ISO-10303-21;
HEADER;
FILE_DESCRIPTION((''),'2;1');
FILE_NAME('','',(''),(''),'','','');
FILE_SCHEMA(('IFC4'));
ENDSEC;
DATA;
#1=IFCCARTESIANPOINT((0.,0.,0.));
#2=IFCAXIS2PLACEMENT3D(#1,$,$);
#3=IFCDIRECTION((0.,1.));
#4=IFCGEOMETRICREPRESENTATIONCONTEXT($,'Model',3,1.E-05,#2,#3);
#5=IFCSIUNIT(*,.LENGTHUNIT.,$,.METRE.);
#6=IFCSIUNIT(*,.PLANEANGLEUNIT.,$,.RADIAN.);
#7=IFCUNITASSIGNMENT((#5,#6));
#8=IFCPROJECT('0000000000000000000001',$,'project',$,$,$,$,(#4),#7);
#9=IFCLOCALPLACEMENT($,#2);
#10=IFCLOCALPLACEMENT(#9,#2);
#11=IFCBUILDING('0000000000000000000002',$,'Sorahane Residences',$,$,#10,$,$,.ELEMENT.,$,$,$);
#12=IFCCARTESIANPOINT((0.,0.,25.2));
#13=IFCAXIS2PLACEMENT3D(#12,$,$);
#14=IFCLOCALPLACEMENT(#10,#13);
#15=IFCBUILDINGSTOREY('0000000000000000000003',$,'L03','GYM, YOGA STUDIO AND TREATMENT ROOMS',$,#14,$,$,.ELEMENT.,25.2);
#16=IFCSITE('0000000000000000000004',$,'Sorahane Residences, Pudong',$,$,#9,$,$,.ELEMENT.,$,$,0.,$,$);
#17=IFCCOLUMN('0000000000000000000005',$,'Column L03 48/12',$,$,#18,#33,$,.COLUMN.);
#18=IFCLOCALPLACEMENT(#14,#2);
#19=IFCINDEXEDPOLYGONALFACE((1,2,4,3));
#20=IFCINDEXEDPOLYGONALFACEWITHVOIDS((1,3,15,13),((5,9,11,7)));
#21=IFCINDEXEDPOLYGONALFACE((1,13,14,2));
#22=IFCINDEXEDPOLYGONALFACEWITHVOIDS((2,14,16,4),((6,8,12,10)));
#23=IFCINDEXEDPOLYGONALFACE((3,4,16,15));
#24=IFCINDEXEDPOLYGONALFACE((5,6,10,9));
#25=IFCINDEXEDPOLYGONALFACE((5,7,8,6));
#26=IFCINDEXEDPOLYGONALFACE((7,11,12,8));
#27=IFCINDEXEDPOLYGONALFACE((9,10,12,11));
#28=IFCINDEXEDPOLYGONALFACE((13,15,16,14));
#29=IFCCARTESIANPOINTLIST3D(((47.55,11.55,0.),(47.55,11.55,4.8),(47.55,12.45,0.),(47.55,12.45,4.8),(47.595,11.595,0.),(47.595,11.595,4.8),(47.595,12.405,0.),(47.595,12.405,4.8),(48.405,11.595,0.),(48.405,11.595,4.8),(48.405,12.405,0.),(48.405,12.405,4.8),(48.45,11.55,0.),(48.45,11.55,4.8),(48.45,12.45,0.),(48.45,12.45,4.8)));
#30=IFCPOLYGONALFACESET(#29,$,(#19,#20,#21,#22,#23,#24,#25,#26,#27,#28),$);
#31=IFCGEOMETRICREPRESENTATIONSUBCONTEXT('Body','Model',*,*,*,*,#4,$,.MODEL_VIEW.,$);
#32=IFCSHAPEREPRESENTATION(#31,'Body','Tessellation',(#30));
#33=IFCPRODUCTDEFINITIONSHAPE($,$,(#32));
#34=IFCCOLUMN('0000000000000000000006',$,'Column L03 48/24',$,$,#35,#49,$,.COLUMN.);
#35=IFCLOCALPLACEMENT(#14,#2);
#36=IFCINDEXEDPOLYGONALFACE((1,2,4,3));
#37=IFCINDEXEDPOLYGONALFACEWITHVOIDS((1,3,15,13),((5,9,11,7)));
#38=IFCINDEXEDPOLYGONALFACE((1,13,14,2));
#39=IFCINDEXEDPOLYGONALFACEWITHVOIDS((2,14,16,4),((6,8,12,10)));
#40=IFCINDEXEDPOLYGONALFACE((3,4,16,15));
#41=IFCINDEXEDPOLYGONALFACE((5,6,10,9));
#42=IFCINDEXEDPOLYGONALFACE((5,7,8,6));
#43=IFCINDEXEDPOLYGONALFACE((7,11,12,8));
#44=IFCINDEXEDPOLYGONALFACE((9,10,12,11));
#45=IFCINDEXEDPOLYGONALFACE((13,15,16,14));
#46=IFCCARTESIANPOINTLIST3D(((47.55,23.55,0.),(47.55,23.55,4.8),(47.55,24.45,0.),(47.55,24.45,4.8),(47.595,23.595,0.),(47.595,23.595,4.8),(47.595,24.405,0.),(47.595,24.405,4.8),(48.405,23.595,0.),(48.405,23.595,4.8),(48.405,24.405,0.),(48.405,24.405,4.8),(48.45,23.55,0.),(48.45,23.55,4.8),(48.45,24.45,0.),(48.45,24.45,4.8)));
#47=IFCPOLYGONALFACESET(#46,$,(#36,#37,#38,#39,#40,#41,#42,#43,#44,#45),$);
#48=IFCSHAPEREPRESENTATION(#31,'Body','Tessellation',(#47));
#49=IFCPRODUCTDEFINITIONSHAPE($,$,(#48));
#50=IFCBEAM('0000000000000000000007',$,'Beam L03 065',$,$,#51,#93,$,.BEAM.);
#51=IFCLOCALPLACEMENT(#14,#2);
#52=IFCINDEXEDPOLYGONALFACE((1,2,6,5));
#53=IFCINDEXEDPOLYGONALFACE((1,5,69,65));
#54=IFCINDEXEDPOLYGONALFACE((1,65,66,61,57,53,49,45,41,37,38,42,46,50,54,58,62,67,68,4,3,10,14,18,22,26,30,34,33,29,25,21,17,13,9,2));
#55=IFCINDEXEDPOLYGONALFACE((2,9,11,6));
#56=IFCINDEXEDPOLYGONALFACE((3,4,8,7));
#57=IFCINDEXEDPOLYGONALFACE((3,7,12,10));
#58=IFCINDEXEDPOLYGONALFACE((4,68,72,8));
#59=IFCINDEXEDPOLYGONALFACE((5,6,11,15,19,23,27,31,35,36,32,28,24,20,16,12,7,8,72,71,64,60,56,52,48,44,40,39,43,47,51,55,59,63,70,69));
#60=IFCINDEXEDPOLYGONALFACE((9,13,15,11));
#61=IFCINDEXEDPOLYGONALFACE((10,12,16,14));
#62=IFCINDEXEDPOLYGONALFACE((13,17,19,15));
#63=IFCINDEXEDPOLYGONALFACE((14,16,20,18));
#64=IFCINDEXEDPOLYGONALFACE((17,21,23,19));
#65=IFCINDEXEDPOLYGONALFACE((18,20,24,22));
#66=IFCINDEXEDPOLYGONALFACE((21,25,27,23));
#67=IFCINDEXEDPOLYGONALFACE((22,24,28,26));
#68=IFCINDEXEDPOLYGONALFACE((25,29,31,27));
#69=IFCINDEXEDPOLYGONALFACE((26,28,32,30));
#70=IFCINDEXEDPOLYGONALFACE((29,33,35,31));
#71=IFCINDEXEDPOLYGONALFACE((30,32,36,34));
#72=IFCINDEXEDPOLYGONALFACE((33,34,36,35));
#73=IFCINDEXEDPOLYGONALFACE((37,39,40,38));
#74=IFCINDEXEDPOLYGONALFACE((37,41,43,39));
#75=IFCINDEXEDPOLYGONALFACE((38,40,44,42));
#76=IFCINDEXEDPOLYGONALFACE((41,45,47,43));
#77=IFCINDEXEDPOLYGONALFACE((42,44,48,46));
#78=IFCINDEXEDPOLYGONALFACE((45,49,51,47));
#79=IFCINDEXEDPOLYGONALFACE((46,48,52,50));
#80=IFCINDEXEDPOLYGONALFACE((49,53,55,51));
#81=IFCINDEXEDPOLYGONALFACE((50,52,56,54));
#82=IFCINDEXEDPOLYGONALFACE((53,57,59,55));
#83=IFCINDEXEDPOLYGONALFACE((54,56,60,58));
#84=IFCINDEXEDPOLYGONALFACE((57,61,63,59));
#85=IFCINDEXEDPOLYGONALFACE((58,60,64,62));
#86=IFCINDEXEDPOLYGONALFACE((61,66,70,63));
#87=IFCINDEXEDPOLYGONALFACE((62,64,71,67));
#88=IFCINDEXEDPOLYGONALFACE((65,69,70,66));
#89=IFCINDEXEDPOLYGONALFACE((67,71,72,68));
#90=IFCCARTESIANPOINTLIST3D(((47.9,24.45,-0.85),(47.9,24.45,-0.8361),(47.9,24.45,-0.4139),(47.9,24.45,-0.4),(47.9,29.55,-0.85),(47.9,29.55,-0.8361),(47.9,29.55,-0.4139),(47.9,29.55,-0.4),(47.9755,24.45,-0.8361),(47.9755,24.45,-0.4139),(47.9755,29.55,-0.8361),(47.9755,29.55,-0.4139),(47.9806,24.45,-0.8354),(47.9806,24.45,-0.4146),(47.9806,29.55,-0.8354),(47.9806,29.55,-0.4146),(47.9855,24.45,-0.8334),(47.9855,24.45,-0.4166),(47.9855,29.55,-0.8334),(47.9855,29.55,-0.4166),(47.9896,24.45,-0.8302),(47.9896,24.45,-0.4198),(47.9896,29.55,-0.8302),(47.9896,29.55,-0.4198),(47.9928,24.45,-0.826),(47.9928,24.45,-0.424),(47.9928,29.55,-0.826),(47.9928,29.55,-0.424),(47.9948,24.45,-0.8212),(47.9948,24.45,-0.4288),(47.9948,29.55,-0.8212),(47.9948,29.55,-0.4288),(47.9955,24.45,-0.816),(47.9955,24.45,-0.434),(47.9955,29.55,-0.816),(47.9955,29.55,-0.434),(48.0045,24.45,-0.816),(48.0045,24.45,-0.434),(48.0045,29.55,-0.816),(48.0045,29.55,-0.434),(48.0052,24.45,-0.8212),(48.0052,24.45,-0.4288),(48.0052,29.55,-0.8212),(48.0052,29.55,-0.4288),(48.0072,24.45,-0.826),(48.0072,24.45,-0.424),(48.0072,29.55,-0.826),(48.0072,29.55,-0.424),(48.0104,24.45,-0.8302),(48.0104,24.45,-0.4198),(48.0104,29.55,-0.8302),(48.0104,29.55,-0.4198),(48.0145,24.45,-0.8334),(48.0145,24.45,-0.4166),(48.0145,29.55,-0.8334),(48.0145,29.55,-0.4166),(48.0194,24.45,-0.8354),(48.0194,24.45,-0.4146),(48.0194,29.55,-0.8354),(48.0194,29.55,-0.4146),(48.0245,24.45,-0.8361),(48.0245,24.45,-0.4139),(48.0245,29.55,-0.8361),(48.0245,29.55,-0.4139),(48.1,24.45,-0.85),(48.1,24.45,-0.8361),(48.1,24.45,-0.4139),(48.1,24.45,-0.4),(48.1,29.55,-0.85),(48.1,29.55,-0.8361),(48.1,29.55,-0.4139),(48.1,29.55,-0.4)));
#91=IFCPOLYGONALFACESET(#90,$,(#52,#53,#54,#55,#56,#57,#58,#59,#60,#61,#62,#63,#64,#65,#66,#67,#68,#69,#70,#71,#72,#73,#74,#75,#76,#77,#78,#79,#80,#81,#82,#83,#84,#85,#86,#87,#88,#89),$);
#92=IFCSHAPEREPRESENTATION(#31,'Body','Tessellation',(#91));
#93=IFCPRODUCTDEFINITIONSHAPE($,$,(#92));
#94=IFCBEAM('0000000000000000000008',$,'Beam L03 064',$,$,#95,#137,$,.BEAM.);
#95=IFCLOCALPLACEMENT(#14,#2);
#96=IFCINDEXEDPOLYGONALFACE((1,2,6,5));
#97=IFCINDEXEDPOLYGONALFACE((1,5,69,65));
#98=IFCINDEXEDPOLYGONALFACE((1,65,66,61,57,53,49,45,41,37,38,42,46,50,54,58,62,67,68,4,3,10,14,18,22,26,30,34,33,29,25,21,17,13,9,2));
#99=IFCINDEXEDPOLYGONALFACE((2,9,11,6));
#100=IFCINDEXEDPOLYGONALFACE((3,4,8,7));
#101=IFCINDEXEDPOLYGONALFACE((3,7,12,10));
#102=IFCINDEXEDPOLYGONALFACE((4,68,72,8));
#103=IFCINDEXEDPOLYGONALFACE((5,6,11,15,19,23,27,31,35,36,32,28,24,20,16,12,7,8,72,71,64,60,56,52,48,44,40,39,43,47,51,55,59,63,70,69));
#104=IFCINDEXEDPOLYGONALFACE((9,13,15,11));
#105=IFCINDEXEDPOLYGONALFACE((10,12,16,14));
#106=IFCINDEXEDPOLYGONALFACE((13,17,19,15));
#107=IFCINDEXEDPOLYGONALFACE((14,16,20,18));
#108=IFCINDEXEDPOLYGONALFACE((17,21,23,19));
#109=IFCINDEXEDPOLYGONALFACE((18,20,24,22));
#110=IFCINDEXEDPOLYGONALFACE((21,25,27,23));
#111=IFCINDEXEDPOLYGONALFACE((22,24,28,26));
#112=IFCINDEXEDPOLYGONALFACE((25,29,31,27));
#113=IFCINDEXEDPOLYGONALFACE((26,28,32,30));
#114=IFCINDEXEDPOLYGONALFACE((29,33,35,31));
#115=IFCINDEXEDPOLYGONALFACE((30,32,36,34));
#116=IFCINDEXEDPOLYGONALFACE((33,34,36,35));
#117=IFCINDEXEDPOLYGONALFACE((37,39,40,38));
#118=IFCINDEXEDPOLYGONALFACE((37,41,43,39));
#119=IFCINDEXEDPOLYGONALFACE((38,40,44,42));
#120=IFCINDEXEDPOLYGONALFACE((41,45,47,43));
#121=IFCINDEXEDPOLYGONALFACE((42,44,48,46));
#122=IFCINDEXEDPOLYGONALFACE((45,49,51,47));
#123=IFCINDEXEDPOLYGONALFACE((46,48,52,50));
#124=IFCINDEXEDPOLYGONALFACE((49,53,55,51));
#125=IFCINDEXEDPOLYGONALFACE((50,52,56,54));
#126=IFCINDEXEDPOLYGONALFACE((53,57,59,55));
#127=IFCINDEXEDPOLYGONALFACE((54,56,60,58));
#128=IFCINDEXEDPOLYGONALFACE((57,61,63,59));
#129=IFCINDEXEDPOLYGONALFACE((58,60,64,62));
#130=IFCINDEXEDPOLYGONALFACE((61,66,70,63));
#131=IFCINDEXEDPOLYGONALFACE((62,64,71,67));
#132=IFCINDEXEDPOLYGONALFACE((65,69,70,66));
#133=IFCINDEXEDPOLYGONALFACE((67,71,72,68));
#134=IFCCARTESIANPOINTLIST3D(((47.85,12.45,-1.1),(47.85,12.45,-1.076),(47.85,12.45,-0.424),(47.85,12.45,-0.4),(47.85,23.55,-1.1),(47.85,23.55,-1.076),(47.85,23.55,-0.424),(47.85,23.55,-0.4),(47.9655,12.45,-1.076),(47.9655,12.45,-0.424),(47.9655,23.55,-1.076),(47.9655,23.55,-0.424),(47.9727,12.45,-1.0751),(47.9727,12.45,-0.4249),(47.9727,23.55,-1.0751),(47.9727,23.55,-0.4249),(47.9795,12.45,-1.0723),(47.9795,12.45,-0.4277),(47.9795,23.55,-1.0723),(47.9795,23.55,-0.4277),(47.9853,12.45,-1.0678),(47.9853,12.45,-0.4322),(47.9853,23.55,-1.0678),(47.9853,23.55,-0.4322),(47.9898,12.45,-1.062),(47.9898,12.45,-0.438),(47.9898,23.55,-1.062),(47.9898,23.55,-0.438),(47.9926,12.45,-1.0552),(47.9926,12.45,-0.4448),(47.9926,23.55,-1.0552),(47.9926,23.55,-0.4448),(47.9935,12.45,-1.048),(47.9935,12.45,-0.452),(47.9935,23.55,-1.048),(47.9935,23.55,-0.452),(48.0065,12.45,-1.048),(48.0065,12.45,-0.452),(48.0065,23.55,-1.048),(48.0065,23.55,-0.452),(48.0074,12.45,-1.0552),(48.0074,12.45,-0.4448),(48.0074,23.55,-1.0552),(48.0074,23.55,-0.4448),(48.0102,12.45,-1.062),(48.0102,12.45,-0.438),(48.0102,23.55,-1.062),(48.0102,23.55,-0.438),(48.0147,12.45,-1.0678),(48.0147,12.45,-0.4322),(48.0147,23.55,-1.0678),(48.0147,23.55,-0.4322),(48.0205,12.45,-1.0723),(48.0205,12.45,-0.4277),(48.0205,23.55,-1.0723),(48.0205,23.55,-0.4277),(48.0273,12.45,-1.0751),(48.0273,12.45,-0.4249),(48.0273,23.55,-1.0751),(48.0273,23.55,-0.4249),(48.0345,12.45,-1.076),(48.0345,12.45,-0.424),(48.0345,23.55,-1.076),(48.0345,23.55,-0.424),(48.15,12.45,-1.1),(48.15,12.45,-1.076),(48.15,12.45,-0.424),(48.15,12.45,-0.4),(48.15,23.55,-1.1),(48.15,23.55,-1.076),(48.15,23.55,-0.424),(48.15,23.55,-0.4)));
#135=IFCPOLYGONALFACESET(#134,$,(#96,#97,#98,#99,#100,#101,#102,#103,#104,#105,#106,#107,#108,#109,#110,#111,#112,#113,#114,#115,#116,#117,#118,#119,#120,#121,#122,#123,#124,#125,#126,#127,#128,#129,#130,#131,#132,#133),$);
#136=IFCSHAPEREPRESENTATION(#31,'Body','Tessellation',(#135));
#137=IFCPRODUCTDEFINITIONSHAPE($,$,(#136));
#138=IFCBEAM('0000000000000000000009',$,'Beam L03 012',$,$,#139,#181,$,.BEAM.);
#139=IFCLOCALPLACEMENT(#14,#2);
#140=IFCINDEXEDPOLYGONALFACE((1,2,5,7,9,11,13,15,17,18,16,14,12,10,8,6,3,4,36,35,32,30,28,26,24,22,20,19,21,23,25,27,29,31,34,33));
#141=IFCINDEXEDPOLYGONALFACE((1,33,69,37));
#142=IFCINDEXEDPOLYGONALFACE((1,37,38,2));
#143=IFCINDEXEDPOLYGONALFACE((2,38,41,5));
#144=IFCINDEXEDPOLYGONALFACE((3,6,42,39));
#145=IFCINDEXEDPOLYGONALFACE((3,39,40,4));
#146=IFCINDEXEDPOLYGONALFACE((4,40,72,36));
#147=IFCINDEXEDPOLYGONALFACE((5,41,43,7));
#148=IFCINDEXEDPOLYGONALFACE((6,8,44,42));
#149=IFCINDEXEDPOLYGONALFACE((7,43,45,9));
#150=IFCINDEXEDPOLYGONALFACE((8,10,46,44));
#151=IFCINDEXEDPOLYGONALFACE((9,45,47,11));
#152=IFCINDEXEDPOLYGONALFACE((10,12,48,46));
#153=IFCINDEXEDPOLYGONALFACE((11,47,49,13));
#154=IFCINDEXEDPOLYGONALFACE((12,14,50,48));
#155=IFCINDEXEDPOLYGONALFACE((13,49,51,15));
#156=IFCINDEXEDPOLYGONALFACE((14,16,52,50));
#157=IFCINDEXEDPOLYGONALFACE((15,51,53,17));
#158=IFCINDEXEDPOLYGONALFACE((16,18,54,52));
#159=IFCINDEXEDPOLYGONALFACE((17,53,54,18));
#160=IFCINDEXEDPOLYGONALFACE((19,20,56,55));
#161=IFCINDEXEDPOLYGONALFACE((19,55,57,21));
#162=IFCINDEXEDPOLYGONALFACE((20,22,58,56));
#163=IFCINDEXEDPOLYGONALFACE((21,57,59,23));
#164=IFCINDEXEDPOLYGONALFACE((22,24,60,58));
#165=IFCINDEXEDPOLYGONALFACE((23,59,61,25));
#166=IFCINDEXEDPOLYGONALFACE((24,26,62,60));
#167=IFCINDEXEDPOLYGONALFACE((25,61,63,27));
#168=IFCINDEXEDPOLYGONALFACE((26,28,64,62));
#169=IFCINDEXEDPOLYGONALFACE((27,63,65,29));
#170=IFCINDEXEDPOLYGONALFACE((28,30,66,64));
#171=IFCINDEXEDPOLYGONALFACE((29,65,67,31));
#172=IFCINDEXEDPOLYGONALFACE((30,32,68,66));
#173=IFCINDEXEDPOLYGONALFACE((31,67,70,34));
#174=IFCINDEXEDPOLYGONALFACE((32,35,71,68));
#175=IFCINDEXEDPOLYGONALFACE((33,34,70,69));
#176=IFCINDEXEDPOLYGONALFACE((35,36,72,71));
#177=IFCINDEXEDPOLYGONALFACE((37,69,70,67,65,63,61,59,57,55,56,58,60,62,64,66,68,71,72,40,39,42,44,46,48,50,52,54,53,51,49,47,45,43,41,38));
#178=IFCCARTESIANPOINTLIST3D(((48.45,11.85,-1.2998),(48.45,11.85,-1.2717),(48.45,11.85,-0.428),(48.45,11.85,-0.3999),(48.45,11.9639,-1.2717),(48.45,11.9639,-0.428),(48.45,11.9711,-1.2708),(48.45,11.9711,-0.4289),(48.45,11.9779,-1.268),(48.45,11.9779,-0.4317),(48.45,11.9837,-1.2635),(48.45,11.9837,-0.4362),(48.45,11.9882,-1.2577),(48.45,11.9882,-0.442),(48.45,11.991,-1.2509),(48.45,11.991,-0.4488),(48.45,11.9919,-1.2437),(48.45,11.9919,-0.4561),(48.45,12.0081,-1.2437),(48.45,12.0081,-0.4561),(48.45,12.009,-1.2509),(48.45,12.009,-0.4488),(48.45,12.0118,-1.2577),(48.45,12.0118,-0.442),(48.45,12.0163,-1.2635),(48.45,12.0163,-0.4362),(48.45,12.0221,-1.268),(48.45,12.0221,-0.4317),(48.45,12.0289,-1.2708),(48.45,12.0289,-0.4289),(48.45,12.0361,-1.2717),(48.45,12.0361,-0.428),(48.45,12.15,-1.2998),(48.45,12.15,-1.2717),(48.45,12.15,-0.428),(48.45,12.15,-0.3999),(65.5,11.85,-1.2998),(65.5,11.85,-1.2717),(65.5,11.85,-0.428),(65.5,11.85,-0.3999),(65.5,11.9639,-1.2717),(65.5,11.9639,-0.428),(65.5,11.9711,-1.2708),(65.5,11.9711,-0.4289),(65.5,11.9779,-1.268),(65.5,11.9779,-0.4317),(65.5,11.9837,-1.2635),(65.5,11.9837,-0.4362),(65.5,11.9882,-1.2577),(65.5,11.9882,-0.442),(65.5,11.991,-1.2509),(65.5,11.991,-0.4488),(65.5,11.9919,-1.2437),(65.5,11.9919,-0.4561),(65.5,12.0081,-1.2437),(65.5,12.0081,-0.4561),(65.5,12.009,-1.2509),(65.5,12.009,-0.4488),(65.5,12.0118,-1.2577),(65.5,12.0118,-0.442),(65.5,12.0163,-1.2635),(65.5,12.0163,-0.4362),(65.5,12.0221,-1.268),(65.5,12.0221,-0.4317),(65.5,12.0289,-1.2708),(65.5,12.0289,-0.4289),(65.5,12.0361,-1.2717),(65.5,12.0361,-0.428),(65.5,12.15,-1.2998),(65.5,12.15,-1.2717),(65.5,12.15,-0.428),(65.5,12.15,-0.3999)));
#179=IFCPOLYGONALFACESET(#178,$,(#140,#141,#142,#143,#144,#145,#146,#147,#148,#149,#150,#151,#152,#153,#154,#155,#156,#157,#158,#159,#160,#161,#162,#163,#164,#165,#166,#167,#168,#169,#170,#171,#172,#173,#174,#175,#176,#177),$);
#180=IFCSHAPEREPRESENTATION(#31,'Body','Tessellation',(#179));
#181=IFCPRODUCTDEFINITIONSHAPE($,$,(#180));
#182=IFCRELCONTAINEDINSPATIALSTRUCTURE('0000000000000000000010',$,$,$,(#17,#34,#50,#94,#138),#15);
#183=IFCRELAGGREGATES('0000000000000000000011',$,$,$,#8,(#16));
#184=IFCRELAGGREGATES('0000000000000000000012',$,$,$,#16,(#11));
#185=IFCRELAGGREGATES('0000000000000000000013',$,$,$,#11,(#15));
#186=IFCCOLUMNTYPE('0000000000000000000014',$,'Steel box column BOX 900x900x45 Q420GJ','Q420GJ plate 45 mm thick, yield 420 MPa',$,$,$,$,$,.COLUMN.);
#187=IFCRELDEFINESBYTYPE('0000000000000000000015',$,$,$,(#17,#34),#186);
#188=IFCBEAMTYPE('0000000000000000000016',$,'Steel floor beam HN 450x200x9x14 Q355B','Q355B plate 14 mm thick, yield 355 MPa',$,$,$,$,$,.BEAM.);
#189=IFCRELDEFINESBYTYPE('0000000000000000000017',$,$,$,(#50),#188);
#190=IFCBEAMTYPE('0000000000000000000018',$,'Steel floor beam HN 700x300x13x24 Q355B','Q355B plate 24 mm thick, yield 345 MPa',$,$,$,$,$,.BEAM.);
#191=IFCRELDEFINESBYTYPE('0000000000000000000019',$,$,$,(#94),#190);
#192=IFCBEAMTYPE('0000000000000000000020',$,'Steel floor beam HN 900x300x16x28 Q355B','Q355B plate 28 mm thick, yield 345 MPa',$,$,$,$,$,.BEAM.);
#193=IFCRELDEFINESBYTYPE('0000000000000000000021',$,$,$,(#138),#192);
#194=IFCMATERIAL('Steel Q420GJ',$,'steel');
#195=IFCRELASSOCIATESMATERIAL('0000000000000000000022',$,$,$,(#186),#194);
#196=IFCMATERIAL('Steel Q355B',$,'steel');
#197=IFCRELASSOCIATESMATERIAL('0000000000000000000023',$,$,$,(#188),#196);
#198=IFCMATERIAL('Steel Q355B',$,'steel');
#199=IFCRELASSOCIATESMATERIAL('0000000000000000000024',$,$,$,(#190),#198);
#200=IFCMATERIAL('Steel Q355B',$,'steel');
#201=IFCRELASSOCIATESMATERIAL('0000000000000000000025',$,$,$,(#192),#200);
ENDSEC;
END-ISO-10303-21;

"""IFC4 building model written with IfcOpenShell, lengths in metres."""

from ifc_helpers import new_model, si_unit, direction, frame, origin, origin_2d, place, context, subcontext, project, spatial, hollow_rectangle, i_section, extrude, material, material_profile, profile_set, type_object, element, save


model = new_model("IFC4")

# Units and contexts
model_context = context("Model", 3, precision=1e-05, world=origin(), true_north=direction((0.0, 1.0)))
body_context = subcontext(model_context, "Body", "Model", "MODEL_VIEW")
ifc_project = project(units=[si_unit("LENGTHUNIT", "METRE"), si_unit("PLANEANGLEUNIT", "RADIAN")], contexts=[model_context])

# Site, building, storey
site_placement = place(None, origin())
site = spatial("IfcSite", under=ifc_project, at=site_placement, Name="Sorahane Residences, Pudong", CompositionType="ELEMENT", RefElevation=0.0)
building_placement = place(site_placement, origin())
building = spatial("IfcBuilding", under=site, at=building_placement, Name="Sorahane Residences", CompositionType="ELEMENT")
storey_placement = place(building_placement, frame((0.0, 0.0, 25.2)))
storey = spatial("IfcBuildingStorey", under=building, at=storey_placement, Name="L03", Description="GYM, YOGA STUDIO AND TREATMENT ROOMS", CompositionType="ELEMENT", Elevation=25.2)

# Columns
ifc_material_1 = material(Name="Steel Q420GJ", Category="steel")
ifc_material_profile_1 = material_profile(ifc_material_1, hollow_rectangle(XDim=0.8999, YDim=0.8999, WallThickness=0.0449, at=origin_2d()), Name="BOX 900x900x45")
ifc_profile_set_1 = profile_set([ifc_material_profile_1], Name="Steel Q420GJ")
column_type = type_object("IfcColumnType", Name="Steel box column BOX 900x900x45 Q420GJ", Description="Q420GJ plate 45 mm thick, yield 420 MPa", PredefinedType="COLUMN", material=ifc_profile_set_1)
for number, where, z_axis, x_axis, name in (
    (1, (48.0, 12.0, 0.0), (0.0, 0.0, 1.0), (1.0, 0.0, 0.0), "Column L03 48/12"),
    (2, (48.0, 24.0, 0.0), (0.0, 0.0, 1.0), (1.0, 0.0, 0.0), "Column L03 48/24"),
):
    element("IfcColumn", number, at=place(storey_placement, frame(where, z_axis=z_axis, x_axis=x_axis)), inside=storey, type_object=column_type, Name=name, PredefinedType="COLUMN", context=body_context, shape_type="SweptSolid", body=[
        extrude(hollow_rectangle(XDim=0.8999, YDim=0.8999, WallThickness=0.0449, at=origin_2d()), origin(), (0.0, 0.0, 1.0), 4.8),
    ])

# Beams
ifc_material_2 = material(Name="Steel Q355B", Category="steel")
ifc_material_profile_2 = material_profile(ifc_material_2, i_section(OverallWidth=0.2, OverallDepth=0.45, WebThickness=0.009, FlangeThickness=0.0139, FilletRadius=0.02, at=origin_2d()), Name="HN 450x200x9x14")
ifc_profile_set_2 = profile_set([ifc_material_profile_2], Name="Steel Q355B")
beam_type_1 = type_object("IfcBeamType", Name="Steel floor beam HN 450x200x9x14 Q355B", Description="Q355B plate 14 mm thick, yield 355 MPa", PredefinedType="BEAM", material=ifc_profile_set_2)
beam_1_placement = place(storey_placement, frame((48.0, 24.45, -0.625), z_axis=(0.0, 1.0, 0.0), x_axis=(-1.0, 0.0, 0.0)))
element("IfcBeam", 3, at=beam_1_placement, inside=storey, type_object=beam_type_1, Name="Beam L03 065", PredefinedType="BEAM", context=body_context, shape_type="SweptSolid", body=[
    extrude(i_section(OverallWidth=0.2, OverallDepth=0.45, WebThickness=0.009, FlangeThickness=0.0139, FilletRadius=0.02, at=origin_2d()), origin(), (0.0, 0.0, 1.0), 5.1001),
])
ifc_material_3 = material(Name="Steel Q355B", Category="steel")
ifc_material_profile_3 = material_profile(ifc_material_3, i_section(OverallWidth=0.3, OverallDepth=0.7, WebThickness=0.0129, FlangeThickness=0.0239, FilletRadius=0.0281, at=origin_2d()), Name="HN 700x300x13x24")
ifc_profile_set_3 = profile_set([ifc_material_profile_3], Name="Steel Q355B")
beam_type_2 = type_object("IfcBeamType", Name="Steel floor beam HN 700x300x13x24 Q355B", Description="Q355B plate 24 mm thick, yield 345 MPa", PredefinedType="BEAM", material=ifc_profile_set_3)
beam_2_placement = place(storey_placement, frame((48.0, 12.45, -0.75), z_axis=(0.0, 1.0, 0.0), x_axis=(-1.0, 0.0, 0.0)))
element("IfcBeam", 4, at=beam_2_placement, inside=storey, type_object=beam_type_2, Name="Beam L03 064", PredefinedType="BEAM", context=body_context, shape_type="SweptSolid", body=[
    extrude(i_section(OverallWidth=0.3, OverallDepth=0.7, WebThickness=0.0129, FlangeThickness=0.0239, FilletRadius=0.0281, at=origin_2d()), origin(), (0.0, 0.0, 1.0), 11.1001),
])
ifc_material_4 = material(Name="Steel Q355B", Category="steel")
ifc_material_profile_4 = material_profile(ifc_material_4, i_section(OverallWidth=0.3, OverallDepth=0.8999, WebThickness=0.0161, FlangeThickness=0.0281, FilletRadius=0.0281, at=origin_2d()), Name="HN 900x300x16x28")
ifc_profile_set_4 = profile_set([ifc_material_profile_4], Name="Steel Q355B")
beam_type_3 = type_object("IfcBeamType", Name="Steel floor beam HN 900x300x16x28 Q355B", Description="Q355B plate 28 mm thick, yield 345 MPa", PredefinedType="BEAM", material=ifc_profile_set_4)
for number, where, z_axis, x_axis, name in (
    (5, (48.45, 12.0, -0.8499), (1.0, 0.0, 0.0), (0.0, 1.0, 0.0), "Beam L03 012"),
):
    element("IfcBeam", number, at=place(storey_placement, frame(where, z_axis=z_axis, x_axis=x_axis)), inside=storey, type_object=beam_type_3, Name=name, PredefinedType="BEAM", context=body_context, shape_type="SweptSolid", body=[
        extrude(i_section(OverallWidth=0.3, OverallDepth=0.8999, WebThickness=0.0161, FlangeThickness=0.0281, FilletRadius=0.0281, at=origin_2d()), origin(), (0.0, 0.0, 1.0), 17.05),
    ])

save(model, "model.ifc")
